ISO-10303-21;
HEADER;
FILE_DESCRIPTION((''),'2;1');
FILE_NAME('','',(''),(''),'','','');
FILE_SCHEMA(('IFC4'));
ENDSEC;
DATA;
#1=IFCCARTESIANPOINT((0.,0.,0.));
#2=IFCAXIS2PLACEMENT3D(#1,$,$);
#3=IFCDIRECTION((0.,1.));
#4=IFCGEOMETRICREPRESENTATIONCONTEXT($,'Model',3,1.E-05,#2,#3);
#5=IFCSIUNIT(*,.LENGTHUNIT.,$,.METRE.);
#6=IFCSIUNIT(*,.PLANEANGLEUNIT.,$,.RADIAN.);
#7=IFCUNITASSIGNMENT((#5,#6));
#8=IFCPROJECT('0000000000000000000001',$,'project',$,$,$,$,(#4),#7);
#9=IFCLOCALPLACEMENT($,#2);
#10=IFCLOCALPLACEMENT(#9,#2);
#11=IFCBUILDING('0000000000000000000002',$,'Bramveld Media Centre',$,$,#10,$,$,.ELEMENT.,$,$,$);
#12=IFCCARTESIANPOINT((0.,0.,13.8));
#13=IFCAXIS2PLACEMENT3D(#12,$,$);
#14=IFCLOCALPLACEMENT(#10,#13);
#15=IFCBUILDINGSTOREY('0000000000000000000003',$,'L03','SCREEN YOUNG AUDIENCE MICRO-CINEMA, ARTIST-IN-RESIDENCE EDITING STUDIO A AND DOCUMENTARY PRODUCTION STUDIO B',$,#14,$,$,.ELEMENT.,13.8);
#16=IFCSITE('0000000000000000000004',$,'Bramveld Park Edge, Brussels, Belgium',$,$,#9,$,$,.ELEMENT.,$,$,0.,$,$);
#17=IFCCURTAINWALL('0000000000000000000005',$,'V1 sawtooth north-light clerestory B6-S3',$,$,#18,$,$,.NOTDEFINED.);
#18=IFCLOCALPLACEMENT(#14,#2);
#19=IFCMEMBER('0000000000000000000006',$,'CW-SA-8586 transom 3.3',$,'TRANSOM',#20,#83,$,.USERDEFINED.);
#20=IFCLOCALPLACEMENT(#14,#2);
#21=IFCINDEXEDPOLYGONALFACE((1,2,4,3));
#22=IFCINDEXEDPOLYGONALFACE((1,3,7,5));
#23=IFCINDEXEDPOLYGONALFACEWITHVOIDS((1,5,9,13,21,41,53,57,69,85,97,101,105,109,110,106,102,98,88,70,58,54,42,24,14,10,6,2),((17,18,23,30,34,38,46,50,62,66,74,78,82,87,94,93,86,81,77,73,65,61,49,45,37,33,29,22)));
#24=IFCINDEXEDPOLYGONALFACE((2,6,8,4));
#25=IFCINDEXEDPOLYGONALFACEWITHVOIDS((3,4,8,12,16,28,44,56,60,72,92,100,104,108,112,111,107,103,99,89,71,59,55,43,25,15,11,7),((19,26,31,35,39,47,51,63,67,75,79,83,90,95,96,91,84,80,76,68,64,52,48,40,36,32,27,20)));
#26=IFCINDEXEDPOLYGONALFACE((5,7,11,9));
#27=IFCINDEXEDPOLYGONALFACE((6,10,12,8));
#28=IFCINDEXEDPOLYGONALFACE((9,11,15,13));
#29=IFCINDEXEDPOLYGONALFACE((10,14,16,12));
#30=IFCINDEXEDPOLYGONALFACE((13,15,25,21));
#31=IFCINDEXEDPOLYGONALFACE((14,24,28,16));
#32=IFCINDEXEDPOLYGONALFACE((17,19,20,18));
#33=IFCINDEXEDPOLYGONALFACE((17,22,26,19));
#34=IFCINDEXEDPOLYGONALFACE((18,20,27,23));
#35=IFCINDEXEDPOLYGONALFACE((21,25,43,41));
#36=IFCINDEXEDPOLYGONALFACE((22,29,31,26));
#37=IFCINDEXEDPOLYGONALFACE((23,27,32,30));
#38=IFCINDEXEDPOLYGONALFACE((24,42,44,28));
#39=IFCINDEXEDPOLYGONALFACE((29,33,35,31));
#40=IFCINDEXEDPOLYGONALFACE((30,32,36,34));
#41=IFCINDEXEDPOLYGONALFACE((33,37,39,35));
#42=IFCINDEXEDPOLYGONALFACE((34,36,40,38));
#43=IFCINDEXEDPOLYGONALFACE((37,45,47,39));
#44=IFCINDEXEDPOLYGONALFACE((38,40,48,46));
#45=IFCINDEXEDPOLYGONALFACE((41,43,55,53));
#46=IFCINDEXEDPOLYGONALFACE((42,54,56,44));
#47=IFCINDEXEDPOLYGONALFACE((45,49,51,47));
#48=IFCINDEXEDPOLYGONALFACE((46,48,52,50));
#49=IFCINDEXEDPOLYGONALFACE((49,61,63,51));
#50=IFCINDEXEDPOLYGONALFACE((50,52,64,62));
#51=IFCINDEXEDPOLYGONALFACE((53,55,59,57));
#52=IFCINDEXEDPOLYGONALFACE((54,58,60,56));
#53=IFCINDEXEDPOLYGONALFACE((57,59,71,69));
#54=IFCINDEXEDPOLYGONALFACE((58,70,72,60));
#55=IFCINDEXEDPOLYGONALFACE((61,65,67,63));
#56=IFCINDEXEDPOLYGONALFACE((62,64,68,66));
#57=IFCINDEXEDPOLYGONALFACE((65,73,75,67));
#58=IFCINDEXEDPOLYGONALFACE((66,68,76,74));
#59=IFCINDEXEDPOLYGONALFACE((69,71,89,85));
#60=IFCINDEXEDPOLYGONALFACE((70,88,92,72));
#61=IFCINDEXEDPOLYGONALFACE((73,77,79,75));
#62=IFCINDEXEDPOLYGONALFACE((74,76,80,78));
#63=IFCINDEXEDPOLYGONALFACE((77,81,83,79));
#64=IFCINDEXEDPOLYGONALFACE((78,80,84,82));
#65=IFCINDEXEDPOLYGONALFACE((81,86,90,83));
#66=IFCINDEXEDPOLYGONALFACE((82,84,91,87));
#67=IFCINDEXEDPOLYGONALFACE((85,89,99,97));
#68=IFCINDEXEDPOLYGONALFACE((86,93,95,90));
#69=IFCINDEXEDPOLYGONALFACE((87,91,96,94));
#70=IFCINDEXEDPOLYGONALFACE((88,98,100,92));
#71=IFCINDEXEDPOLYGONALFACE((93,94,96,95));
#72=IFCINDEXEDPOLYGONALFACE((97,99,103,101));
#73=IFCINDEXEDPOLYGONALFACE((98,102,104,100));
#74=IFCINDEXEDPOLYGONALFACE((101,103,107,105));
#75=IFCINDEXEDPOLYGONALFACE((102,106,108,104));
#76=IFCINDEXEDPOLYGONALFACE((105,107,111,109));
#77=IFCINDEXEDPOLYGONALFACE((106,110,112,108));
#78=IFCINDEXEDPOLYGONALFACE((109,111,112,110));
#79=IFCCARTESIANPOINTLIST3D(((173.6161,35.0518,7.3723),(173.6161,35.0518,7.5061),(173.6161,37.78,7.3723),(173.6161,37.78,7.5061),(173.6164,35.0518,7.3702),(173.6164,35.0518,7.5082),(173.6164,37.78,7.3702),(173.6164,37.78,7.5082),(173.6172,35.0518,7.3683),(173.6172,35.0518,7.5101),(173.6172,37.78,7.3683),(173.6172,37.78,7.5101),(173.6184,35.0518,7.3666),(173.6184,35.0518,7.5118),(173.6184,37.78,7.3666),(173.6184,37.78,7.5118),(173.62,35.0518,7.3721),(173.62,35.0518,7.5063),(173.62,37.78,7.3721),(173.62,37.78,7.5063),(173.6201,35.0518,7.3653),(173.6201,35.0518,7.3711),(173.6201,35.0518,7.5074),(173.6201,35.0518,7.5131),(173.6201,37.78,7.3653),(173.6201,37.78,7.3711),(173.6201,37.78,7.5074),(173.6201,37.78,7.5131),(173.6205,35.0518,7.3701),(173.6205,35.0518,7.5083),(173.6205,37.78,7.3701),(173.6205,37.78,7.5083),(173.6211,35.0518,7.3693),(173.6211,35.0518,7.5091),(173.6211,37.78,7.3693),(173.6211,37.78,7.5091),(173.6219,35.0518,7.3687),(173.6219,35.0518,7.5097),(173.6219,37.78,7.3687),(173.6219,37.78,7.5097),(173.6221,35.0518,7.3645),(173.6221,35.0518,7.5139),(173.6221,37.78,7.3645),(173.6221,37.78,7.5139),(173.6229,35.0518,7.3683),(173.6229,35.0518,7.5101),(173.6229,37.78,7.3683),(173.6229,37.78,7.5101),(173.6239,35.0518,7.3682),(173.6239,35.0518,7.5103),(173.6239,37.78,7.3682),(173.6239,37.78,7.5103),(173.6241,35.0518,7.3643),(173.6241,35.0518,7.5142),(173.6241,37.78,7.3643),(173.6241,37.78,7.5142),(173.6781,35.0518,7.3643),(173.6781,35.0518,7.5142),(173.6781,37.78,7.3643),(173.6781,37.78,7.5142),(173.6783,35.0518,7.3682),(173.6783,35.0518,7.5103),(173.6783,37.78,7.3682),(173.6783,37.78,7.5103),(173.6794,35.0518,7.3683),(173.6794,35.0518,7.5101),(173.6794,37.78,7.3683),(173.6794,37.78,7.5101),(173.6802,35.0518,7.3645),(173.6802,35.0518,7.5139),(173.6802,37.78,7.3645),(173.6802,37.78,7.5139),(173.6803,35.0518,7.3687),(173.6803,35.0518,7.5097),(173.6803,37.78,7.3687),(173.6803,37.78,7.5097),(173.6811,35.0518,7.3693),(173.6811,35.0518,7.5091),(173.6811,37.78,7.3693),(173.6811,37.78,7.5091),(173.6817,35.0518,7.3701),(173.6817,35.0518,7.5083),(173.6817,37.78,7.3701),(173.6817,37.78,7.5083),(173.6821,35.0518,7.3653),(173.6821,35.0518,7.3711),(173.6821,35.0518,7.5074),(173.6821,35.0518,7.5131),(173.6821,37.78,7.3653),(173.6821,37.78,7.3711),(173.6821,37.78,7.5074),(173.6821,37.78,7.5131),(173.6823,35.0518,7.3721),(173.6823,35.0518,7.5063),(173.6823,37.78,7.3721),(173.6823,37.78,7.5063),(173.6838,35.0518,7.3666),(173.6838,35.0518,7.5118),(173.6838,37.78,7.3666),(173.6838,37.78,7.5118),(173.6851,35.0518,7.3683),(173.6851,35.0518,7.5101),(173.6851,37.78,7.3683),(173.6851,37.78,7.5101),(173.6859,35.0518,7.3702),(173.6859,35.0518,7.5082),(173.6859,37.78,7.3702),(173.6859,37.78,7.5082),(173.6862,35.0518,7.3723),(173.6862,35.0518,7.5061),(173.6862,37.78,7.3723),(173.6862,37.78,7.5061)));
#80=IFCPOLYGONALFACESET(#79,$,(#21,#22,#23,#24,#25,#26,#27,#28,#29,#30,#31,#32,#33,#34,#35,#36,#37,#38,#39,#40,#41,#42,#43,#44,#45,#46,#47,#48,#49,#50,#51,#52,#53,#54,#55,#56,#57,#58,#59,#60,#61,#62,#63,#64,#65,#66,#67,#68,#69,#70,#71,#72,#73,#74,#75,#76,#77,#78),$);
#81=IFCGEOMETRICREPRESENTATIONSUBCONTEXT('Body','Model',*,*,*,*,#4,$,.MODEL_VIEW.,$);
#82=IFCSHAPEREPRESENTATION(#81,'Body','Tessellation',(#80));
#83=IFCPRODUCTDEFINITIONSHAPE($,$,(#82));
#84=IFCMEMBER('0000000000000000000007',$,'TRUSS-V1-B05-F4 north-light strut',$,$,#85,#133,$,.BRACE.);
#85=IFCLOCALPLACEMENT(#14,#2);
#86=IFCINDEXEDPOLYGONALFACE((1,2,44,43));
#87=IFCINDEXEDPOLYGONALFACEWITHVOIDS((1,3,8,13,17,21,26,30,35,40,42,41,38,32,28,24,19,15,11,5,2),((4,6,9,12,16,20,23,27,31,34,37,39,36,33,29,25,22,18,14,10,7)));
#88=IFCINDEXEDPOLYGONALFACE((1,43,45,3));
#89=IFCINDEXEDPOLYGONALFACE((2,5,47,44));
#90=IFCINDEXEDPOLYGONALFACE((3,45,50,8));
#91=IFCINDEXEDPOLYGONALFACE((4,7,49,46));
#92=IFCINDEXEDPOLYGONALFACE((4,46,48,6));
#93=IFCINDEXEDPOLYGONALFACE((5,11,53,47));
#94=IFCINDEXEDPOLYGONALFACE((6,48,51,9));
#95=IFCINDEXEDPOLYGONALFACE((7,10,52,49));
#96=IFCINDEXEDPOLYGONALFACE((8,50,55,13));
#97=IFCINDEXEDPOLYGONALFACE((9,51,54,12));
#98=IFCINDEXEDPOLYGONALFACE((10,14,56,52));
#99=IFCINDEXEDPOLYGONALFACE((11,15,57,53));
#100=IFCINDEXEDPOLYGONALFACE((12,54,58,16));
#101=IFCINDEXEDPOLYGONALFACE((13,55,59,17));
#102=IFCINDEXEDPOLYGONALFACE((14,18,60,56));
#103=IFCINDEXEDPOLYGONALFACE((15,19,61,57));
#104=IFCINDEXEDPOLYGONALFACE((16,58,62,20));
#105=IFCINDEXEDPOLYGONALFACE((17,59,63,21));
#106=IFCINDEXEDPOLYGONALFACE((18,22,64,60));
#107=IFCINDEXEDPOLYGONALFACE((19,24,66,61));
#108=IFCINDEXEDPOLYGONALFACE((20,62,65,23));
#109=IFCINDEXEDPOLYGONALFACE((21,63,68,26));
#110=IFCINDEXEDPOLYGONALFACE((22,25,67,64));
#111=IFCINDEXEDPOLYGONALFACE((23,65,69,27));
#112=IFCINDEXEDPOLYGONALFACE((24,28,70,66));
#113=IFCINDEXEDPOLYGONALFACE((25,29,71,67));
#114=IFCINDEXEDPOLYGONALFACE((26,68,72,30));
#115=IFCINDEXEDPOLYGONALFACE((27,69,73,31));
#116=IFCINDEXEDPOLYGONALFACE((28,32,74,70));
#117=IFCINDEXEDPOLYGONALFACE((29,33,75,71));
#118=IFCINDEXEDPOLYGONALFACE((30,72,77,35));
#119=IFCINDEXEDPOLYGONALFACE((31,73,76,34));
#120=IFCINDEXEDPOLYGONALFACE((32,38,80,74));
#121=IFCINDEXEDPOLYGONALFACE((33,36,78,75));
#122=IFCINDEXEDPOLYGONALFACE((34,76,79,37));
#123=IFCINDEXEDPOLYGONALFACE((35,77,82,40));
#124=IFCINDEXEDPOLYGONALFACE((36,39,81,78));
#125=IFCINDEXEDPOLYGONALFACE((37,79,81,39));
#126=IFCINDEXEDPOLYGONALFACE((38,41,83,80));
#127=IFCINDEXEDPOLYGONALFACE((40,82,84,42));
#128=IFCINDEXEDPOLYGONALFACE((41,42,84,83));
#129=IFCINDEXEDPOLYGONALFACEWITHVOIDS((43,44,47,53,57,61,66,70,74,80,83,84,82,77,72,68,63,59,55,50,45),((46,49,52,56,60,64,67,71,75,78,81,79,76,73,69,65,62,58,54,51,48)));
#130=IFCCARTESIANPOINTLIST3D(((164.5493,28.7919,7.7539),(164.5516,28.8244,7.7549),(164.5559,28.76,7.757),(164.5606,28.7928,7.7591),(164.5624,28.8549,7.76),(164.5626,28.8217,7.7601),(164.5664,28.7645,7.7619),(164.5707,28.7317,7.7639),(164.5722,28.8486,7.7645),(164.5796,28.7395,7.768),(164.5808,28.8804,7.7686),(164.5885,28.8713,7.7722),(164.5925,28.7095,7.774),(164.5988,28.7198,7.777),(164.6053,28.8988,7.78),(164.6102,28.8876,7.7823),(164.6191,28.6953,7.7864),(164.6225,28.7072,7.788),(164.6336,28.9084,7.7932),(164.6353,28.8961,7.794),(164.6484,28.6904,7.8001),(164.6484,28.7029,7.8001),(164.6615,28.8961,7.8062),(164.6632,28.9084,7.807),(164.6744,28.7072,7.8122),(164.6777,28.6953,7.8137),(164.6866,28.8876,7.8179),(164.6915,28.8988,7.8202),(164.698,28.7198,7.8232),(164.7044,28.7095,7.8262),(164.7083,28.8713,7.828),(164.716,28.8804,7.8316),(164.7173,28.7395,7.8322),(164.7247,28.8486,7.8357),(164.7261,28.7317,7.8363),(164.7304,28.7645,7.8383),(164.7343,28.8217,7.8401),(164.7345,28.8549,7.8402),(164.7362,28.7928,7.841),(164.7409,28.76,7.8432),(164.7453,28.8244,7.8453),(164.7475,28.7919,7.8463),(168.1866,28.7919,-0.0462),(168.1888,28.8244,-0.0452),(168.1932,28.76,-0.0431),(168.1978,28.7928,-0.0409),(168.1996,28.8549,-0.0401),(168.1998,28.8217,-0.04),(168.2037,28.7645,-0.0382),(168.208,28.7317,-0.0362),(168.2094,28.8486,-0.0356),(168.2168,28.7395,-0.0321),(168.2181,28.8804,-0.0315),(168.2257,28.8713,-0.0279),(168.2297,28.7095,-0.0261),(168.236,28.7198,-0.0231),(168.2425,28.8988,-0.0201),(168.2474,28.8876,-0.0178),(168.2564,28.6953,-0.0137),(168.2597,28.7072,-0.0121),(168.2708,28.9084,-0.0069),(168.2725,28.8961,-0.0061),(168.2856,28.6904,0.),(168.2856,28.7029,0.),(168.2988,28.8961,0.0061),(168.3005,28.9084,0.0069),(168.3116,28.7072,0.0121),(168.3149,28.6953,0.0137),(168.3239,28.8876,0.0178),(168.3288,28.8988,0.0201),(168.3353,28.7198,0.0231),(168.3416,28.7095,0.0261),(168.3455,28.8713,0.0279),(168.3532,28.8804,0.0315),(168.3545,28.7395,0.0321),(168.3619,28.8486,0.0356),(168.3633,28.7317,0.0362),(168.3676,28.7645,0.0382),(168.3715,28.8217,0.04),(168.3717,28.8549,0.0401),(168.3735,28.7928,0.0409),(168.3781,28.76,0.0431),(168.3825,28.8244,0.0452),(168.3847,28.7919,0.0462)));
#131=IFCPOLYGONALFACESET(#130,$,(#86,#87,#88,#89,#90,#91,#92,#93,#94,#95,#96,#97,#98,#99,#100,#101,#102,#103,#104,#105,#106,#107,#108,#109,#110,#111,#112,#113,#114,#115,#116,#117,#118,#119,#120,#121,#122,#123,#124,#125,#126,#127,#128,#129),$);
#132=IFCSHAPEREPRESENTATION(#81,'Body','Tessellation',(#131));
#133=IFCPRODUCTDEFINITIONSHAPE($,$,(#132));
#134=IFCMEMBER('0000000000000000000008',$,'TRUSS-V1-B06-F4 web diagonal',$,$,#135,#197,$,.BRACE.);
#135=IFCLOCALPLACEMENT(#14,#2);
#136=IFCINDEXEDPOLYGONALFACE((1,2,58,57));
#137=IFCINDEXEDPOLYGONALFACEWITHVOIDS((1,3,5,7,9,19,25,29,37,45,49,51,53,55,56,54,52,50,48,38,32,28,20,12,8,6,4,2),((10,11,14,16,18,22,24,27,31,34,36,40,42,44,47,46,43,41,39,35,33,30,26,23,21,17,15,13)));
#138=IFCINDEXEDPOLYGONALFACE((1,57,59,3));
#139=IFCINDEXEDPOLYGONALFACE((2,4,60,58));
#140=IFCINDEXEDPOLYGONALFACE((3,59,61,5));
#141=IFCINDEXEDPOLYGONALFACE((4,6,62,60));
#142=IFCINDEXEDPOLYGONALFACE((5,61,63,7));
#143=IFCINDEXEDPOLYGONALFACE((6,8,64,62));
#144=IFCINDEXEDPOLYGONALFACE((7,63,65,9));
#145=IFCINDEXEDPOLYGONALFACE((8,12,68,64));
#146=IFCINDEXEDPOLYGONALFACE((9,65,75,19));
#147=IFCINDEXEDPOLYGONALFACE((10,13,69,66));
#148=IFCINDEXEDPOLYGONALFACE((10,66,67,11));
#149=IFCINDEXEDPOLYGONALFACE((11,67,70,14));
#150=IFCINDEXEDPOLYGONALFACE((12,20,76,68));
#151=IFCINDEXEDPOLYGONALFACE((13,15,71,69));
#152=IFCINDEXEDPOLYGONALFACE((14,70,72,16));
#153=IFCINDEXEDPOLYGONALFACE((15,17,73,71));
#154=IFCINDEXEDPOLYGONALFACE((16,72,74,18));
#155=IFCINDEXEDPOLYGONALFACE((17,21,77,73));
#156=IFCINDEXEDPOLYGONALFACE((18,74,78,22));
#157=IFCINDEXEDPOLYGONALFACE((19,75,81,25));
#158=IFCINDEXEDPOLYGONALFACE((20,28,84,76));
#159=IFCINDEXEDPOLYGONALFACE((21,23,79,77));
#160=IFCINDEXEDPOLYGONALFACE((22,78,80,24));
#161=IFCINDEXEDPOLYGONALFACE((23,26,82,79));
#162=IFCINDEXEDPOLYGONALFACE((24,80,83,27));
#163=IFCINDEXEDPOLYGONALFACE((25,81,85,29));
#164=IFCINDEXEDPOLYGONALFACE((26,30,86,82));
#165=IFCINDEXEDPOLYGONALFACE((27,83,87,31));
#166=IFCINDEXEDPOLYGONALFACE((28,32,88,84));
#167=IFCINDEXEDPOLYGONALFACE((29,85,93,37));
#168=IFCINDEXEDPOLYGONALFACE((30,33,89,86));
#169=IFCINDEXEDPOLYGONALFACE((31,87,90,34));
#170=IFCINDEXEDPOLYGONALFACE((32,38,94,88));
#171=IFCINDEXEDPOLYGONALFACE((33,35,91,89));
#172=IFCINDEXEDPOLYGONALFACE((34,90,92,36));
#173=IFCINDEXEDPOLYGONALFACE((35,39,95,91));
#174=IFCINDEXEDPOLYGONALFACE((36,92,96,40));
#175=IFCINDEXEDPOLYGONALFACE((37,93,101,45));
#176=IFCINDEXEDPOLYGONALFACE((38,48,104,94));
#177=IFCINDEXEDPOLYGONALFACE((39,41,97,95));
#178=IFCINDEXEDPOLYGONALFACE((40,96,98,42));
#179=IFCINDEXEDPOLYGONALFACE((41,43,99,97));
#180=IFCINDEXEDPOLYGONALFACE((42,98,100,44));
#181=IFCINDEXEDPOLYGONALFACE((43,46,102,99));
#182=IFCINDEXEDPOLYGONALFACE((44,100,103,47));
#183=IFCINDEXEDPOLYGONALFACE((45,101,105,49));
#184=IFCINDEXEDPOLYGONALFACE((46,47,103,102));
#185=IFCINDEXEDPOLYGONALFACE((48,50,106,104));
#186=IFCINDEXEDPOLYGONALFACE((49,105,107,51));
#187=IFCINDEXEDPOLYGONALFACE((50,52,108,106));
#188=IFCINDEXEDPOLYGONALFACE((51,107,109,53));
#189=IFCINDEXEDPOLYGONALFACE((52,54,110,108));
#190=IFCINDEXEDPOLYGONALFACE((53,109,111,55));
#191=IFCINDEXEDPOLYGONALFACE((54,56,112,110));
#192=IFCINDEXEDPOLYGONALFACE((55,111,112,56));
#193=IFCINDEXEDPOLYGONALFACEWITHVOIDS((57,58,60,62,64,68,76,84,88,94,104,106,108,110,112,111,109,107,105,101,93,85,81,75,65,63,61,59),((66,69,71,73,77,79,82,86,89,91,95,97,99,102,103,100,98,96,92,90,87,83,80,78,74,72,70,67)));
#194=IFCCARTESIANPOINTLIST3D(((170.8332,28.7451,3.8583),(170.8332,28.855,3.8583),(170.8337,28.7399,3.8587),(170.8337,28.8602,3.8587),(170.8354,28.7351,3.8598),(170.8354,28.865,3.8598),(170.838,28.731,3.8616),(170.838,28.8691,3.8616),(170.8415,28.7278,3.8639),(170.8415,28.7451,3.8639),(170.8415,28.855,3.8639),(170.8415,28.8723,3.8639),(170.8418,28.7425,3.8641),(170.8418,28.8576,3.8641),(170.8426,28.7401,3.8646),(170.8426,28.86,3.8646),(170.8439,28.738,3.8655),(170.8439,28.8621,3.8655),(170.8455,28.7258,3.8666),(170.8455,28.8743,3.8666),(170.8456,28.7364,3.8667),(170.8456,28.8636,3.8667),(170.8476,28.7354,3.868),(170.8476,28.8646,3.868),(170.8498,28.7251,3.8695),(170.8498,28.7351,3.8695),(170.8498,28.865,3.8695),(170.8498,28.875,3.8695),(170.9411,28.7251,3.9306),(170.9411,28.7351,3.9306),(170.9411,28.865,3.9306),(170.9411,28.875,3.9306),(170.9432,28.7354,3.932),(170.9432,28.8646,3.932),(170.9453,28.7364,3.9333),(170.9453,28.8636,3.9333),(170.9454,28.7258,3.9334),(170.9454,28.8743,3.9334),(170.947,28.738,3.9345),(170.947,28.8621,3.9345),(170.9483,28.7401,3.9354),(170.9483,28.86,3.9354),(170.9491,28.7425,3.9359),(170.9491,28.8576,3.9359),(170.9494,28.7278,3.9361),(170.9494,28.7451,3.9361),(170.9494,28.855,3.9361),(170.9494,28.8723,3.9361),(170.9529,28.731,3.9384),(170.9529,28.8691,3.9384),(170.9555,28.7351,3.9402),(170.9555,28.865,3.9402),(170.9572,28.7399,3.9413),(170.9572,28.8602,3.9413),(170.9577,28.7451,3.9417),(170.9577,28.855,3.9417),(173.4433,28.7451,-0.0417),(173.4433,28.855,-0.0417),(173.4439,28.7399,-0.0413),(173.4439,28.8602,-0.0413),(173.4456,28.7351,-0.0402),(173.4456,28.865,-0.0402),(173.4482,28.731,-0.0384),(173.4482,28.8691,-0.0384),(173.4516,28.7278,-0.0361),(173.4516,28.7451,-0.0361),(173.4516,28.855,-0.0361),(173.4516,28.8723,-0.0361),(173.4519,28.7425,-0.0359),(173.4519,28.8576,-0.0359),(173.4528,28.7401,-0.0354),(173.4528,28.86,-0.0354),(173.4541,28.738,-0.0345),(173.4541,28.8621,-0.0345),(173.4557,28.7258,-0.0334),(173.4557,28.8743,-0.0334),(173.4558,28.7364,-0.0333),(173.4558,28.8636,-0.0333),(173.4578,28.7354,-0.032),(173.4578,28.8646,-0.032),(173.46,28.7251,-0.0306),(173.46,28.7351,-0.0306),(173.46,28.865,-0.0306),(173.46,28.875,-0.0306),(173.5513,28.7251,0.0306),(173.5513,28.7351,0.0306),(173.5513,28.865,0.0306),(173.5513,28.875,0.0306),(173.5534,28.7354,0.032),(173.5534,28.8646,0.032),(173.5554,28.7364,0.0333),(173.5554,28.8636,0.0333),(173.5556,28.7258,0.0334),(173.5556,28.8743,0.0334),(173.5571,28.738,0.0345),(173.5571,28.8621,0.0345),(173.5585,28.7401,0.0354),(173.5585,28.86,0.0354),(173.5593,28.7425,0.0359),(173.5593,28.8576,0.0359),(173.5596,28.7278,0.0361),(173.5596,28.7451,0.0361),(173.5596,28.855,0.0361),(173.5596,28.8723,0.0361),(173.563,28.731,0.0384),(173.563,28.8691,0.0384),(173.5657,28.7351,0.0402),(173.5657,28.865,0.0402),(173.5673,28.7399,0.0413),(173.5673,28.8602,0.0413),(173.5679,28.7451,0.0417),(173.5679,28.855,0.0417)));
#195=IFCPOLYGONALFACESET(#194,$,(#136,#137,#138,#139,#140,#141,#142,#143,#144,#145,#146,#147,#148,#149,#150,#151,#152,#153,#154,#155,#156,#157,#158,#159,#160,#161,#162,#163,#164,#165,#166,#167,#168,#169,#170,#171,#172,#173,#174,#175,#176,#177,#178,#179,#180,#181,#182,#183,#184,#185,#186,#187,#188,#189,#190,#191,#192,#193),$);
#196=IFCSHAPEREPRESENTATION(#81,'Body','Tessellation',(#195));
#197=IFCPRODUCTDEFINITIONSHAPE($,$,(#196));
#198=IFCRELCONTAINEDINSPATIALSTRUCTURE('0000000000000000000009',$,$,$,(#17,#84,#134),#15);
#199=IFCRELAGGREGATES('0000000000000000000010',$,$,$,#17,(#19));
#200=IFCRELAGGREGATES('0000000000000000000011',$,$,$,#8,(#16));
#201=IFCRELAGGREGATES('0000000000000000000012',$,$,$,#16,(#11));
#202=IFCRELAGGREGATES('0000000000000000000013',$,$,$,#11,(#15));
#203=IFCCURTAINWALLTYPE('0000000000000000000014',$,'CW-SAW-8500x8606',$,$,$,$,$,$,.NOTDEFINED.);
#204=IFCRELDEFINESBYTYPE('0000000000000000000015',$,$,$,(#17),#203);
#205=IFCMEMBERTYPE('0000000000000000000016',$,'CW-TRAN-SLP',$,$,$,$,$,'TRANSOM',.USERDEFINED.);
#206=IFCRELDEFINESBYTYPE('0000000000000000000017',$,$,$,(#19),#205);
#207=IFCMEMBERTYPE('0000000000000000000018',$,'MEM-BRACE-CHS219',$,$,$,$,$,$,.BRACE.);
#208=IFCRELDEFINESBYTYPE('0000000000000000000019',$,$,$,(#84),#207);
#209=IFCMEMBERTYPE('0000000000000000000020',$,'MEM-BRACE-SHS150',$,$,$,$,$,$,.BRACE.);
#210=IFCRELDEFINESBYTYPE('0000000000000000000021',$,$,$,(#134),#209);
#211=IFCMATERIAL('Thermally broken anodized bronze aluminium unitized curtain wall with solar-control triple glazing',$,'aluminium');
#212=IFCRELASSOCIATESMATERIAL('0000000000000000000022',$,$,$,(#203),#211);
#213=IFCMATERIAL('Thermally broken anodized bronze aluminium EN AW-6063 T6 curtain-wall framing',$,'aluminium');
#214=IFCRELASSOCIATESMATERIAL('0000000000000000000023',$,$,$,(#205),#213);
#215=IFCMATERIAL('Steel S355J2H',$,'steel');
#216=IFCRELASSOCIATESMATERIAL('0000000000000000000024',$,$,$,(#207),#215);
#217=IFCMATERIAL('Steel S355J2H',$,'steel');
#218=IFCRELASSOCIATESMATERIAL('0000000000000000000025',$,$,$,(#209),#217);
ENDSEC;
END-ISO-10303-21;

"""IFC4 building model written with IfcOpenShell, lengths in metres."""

from ifc_helpers import new_model, si_unit, direction, frame, origin, origin_2d, place, context, subcontext, project, spatial, hollow_rectangle, hollow_circle, extrude, material, material_profile, profile_set, type_object, element, aggregate, save


model = new_model("IFC4")

# Units and contexts
model_context = context("Model", 3, precision=1e-05, world=origin(), true_north=direction((0.0, 1.0)))
body_context = subcontext(model_context, "Body", "Model", "MODEL_VIEW")
ifc_project = project(units=[si_unit("LENGTHUNIT", "METRE"), si_unit("PLANEANGLEUNIT", "RADIAN")], contexts=[model_context])

# Site, building, storey
site_placement = place(None, origin())
site = spatial("IfcSite", under=ifc_project, at=site_placement, Name="Bramveld Park Edge, Brussels, Belgium", CompositionType="ELEMENT", RefElevation=0.0)
building_placement = place(site_placement, origin())
building = spatial("IfcBuilding", under=site, at=building_placement, Name="Bramveld Media Centre", CompositionType="ELEMENT")
storey_placement = place(building_placement, frame((0.0, 0.0, 13.8)))
storey = spatial("IfcBuildingStorey", under=building, at=storey_placement, Name="L03", Description="SCREEN YOUNG AUDIENCE MICRO-CINEMA, ARTIST-IN-RESIDENCE EDITING STUDIO A AND DOCUMENTARY PRODUCTION STUDIO B", CompositionType="ELEMENT", Elevation=13.8)

# Shared definitions
ifc_material_1 = material(Name="Thermally broken anodized bronze aluminium unitized curtain wall with solar-control triple glazing", Category="aluminium")
curtain_wall_type_1 = type_object("IfcCurtainWallType", Name="CW-SAW-8500x8606", PredefinedType="NOTDEFINED", material=ifc_material_1)

# Shared definitions
ifc_material_2 = material(Name="Thermally broken anodized bronze aluminium EN AW-6063 T6 curtain-wall framing", Category="aluminium")
ifc_material_profile_1 = material_profile(ifc_material_2, hollow_rectangle(XDim=0.0701, YDim=0.1499, WallThickness=0.0039, InnerFilletRadius=0.0039, OuterFilletRadius=0.0081, at=origin_2d()), Name="AL-TRAN 70x150")
ifc_profile_set_1 = profile_set([ifc_material_profile_1], Name="Thermally broken anodized bronze aluminium EN AW-6063 T6 curtain-wall framing")
member_type_1 = type_object("IfcMemberType", Name="CW-TRAN-SLP", ElementType="TRANSOM", PredefinedType="USERDEFINED", material=ifc_profile_set_1)

# Curtain wall, member
curtain_wall_1_placement = place(storey_placement, origin())
curtain_wall_1 = element("IfcCurtainWall", 1, at=curtain_wall_1_placement, inside=storey, type_object=curtain_wall_type_1, Name="V1 sawtooth north-light clerestory B6-S3", PredefinedType="NOTDEFINED")
member_1_placement = place(storey_placement, frame((173.6511, 35.0518, 7.4392), z_axis=(0.0, 1.0, 0.0), x_axis=(-1.0, 0.0, 0.0)))
member_1 = element("IfcMember", 2, at=member_1_placement, type_object=member_type_1, Name="CW-SA-8586 transom 3.3", ObjectType="TRANSOM", PredefinedType="USERDEFINED", context=body_context, shape_type="SweptSolid", body=[
    extrude(hollow_rectangle(XDim=0.0701, YDim=0.1499, WallThickness=0.0039, InnerFilletRadius=0.0039, OuterFilletRadius=0.0081, at=origin_2d()), origin(), (0.0, 0.0, 1.0), 2.7283),
])

# Members
ifc_material_3 = material(Name="Steel S355J2H", Category="steel")
ifc_material_profile_2 = material_profile(ifc_material_3, hollow_circle(Radius=0.1096, WallThickness=0.0125, at=origin_2d()), Name="CHS 219.1x12.5")
ifc_profile_set_2 = profile_set([ifc_material_profile_2], Name="Steel S355J2H")
member_type_2 = type_object("IfcMemberType", Name="MEM-BRACE-CHS219", PredefinedType="BRACE", material=ifc_profile_set_2)
member_2_placement = place(storey_placement, frame((168.2856, 28.8, 0.0), z_axis=(-0.422617, 0.0, 0.906308), x_axis=(0.0, -1.0, 0.0)))
element("IfcMember", 3, at=member_2_placement, inside=storey, type_object=member_type_2, Name="TRUSS-V1-B05-F4 north-light strut", PredefinedType="BRACE", context=body_context, shape_type="SweptSolid", body=[
    extrude(hollow_circle(Radius=0.1096, WallThickness=0.0125, at=origin_2d()), origin(), (0.0, 0.0, 1.0), 8.6064),
])
ifc_material_4 = material(Name="Steel S355J2H", Category="steel")
ifc_material_profile_3 = material_profile(ifc_material_4, hollow_rectangle(XDim=0.1499, YDim=0.1499, WallThickness=0.01, InnerFilletRadius=0.01, OuterFilletRadius=0.02, at=origin_2d()), Name="SHS 150x150x10")
ifc_profile_set_3 = profile_set([ifc_material_profile_3], Name="Steel S355J2H")
member_type_3 = type_object("IfcMemberType", Name="MEM-BRACE-SHS150", PredefinedType="BRACE", material=ifc_profile_set_3)
member_3_placement = place(storey_placement, frame((173.5056, 28.8, 0.0), z_axis=(-0.5562, 0.0, 0.831048), x_axis=(0.0, -1.0, 0.0)))
element("IfcMember", 4, at=member_3_placement, inside=storey, type_object=member_type_3, Name="TRUSS-V1-B06-F4 web diagonal", PredefinedType="BRACE", context=body_context, shape_type="SweptSolid", body=[
    extrude(hollow_rectangle(XDim=0.1499, YDim=0.1499, WallThickness=0.01, InnerFilletRadius=0.01, OuterFilletRadius=0.02, at=origin_2d()), origin(), (0.0, 0.0, 1.0), 4.6929),
])

aggregate(curtain_wall_1, [member_1])

save(model, "model.ifc")
